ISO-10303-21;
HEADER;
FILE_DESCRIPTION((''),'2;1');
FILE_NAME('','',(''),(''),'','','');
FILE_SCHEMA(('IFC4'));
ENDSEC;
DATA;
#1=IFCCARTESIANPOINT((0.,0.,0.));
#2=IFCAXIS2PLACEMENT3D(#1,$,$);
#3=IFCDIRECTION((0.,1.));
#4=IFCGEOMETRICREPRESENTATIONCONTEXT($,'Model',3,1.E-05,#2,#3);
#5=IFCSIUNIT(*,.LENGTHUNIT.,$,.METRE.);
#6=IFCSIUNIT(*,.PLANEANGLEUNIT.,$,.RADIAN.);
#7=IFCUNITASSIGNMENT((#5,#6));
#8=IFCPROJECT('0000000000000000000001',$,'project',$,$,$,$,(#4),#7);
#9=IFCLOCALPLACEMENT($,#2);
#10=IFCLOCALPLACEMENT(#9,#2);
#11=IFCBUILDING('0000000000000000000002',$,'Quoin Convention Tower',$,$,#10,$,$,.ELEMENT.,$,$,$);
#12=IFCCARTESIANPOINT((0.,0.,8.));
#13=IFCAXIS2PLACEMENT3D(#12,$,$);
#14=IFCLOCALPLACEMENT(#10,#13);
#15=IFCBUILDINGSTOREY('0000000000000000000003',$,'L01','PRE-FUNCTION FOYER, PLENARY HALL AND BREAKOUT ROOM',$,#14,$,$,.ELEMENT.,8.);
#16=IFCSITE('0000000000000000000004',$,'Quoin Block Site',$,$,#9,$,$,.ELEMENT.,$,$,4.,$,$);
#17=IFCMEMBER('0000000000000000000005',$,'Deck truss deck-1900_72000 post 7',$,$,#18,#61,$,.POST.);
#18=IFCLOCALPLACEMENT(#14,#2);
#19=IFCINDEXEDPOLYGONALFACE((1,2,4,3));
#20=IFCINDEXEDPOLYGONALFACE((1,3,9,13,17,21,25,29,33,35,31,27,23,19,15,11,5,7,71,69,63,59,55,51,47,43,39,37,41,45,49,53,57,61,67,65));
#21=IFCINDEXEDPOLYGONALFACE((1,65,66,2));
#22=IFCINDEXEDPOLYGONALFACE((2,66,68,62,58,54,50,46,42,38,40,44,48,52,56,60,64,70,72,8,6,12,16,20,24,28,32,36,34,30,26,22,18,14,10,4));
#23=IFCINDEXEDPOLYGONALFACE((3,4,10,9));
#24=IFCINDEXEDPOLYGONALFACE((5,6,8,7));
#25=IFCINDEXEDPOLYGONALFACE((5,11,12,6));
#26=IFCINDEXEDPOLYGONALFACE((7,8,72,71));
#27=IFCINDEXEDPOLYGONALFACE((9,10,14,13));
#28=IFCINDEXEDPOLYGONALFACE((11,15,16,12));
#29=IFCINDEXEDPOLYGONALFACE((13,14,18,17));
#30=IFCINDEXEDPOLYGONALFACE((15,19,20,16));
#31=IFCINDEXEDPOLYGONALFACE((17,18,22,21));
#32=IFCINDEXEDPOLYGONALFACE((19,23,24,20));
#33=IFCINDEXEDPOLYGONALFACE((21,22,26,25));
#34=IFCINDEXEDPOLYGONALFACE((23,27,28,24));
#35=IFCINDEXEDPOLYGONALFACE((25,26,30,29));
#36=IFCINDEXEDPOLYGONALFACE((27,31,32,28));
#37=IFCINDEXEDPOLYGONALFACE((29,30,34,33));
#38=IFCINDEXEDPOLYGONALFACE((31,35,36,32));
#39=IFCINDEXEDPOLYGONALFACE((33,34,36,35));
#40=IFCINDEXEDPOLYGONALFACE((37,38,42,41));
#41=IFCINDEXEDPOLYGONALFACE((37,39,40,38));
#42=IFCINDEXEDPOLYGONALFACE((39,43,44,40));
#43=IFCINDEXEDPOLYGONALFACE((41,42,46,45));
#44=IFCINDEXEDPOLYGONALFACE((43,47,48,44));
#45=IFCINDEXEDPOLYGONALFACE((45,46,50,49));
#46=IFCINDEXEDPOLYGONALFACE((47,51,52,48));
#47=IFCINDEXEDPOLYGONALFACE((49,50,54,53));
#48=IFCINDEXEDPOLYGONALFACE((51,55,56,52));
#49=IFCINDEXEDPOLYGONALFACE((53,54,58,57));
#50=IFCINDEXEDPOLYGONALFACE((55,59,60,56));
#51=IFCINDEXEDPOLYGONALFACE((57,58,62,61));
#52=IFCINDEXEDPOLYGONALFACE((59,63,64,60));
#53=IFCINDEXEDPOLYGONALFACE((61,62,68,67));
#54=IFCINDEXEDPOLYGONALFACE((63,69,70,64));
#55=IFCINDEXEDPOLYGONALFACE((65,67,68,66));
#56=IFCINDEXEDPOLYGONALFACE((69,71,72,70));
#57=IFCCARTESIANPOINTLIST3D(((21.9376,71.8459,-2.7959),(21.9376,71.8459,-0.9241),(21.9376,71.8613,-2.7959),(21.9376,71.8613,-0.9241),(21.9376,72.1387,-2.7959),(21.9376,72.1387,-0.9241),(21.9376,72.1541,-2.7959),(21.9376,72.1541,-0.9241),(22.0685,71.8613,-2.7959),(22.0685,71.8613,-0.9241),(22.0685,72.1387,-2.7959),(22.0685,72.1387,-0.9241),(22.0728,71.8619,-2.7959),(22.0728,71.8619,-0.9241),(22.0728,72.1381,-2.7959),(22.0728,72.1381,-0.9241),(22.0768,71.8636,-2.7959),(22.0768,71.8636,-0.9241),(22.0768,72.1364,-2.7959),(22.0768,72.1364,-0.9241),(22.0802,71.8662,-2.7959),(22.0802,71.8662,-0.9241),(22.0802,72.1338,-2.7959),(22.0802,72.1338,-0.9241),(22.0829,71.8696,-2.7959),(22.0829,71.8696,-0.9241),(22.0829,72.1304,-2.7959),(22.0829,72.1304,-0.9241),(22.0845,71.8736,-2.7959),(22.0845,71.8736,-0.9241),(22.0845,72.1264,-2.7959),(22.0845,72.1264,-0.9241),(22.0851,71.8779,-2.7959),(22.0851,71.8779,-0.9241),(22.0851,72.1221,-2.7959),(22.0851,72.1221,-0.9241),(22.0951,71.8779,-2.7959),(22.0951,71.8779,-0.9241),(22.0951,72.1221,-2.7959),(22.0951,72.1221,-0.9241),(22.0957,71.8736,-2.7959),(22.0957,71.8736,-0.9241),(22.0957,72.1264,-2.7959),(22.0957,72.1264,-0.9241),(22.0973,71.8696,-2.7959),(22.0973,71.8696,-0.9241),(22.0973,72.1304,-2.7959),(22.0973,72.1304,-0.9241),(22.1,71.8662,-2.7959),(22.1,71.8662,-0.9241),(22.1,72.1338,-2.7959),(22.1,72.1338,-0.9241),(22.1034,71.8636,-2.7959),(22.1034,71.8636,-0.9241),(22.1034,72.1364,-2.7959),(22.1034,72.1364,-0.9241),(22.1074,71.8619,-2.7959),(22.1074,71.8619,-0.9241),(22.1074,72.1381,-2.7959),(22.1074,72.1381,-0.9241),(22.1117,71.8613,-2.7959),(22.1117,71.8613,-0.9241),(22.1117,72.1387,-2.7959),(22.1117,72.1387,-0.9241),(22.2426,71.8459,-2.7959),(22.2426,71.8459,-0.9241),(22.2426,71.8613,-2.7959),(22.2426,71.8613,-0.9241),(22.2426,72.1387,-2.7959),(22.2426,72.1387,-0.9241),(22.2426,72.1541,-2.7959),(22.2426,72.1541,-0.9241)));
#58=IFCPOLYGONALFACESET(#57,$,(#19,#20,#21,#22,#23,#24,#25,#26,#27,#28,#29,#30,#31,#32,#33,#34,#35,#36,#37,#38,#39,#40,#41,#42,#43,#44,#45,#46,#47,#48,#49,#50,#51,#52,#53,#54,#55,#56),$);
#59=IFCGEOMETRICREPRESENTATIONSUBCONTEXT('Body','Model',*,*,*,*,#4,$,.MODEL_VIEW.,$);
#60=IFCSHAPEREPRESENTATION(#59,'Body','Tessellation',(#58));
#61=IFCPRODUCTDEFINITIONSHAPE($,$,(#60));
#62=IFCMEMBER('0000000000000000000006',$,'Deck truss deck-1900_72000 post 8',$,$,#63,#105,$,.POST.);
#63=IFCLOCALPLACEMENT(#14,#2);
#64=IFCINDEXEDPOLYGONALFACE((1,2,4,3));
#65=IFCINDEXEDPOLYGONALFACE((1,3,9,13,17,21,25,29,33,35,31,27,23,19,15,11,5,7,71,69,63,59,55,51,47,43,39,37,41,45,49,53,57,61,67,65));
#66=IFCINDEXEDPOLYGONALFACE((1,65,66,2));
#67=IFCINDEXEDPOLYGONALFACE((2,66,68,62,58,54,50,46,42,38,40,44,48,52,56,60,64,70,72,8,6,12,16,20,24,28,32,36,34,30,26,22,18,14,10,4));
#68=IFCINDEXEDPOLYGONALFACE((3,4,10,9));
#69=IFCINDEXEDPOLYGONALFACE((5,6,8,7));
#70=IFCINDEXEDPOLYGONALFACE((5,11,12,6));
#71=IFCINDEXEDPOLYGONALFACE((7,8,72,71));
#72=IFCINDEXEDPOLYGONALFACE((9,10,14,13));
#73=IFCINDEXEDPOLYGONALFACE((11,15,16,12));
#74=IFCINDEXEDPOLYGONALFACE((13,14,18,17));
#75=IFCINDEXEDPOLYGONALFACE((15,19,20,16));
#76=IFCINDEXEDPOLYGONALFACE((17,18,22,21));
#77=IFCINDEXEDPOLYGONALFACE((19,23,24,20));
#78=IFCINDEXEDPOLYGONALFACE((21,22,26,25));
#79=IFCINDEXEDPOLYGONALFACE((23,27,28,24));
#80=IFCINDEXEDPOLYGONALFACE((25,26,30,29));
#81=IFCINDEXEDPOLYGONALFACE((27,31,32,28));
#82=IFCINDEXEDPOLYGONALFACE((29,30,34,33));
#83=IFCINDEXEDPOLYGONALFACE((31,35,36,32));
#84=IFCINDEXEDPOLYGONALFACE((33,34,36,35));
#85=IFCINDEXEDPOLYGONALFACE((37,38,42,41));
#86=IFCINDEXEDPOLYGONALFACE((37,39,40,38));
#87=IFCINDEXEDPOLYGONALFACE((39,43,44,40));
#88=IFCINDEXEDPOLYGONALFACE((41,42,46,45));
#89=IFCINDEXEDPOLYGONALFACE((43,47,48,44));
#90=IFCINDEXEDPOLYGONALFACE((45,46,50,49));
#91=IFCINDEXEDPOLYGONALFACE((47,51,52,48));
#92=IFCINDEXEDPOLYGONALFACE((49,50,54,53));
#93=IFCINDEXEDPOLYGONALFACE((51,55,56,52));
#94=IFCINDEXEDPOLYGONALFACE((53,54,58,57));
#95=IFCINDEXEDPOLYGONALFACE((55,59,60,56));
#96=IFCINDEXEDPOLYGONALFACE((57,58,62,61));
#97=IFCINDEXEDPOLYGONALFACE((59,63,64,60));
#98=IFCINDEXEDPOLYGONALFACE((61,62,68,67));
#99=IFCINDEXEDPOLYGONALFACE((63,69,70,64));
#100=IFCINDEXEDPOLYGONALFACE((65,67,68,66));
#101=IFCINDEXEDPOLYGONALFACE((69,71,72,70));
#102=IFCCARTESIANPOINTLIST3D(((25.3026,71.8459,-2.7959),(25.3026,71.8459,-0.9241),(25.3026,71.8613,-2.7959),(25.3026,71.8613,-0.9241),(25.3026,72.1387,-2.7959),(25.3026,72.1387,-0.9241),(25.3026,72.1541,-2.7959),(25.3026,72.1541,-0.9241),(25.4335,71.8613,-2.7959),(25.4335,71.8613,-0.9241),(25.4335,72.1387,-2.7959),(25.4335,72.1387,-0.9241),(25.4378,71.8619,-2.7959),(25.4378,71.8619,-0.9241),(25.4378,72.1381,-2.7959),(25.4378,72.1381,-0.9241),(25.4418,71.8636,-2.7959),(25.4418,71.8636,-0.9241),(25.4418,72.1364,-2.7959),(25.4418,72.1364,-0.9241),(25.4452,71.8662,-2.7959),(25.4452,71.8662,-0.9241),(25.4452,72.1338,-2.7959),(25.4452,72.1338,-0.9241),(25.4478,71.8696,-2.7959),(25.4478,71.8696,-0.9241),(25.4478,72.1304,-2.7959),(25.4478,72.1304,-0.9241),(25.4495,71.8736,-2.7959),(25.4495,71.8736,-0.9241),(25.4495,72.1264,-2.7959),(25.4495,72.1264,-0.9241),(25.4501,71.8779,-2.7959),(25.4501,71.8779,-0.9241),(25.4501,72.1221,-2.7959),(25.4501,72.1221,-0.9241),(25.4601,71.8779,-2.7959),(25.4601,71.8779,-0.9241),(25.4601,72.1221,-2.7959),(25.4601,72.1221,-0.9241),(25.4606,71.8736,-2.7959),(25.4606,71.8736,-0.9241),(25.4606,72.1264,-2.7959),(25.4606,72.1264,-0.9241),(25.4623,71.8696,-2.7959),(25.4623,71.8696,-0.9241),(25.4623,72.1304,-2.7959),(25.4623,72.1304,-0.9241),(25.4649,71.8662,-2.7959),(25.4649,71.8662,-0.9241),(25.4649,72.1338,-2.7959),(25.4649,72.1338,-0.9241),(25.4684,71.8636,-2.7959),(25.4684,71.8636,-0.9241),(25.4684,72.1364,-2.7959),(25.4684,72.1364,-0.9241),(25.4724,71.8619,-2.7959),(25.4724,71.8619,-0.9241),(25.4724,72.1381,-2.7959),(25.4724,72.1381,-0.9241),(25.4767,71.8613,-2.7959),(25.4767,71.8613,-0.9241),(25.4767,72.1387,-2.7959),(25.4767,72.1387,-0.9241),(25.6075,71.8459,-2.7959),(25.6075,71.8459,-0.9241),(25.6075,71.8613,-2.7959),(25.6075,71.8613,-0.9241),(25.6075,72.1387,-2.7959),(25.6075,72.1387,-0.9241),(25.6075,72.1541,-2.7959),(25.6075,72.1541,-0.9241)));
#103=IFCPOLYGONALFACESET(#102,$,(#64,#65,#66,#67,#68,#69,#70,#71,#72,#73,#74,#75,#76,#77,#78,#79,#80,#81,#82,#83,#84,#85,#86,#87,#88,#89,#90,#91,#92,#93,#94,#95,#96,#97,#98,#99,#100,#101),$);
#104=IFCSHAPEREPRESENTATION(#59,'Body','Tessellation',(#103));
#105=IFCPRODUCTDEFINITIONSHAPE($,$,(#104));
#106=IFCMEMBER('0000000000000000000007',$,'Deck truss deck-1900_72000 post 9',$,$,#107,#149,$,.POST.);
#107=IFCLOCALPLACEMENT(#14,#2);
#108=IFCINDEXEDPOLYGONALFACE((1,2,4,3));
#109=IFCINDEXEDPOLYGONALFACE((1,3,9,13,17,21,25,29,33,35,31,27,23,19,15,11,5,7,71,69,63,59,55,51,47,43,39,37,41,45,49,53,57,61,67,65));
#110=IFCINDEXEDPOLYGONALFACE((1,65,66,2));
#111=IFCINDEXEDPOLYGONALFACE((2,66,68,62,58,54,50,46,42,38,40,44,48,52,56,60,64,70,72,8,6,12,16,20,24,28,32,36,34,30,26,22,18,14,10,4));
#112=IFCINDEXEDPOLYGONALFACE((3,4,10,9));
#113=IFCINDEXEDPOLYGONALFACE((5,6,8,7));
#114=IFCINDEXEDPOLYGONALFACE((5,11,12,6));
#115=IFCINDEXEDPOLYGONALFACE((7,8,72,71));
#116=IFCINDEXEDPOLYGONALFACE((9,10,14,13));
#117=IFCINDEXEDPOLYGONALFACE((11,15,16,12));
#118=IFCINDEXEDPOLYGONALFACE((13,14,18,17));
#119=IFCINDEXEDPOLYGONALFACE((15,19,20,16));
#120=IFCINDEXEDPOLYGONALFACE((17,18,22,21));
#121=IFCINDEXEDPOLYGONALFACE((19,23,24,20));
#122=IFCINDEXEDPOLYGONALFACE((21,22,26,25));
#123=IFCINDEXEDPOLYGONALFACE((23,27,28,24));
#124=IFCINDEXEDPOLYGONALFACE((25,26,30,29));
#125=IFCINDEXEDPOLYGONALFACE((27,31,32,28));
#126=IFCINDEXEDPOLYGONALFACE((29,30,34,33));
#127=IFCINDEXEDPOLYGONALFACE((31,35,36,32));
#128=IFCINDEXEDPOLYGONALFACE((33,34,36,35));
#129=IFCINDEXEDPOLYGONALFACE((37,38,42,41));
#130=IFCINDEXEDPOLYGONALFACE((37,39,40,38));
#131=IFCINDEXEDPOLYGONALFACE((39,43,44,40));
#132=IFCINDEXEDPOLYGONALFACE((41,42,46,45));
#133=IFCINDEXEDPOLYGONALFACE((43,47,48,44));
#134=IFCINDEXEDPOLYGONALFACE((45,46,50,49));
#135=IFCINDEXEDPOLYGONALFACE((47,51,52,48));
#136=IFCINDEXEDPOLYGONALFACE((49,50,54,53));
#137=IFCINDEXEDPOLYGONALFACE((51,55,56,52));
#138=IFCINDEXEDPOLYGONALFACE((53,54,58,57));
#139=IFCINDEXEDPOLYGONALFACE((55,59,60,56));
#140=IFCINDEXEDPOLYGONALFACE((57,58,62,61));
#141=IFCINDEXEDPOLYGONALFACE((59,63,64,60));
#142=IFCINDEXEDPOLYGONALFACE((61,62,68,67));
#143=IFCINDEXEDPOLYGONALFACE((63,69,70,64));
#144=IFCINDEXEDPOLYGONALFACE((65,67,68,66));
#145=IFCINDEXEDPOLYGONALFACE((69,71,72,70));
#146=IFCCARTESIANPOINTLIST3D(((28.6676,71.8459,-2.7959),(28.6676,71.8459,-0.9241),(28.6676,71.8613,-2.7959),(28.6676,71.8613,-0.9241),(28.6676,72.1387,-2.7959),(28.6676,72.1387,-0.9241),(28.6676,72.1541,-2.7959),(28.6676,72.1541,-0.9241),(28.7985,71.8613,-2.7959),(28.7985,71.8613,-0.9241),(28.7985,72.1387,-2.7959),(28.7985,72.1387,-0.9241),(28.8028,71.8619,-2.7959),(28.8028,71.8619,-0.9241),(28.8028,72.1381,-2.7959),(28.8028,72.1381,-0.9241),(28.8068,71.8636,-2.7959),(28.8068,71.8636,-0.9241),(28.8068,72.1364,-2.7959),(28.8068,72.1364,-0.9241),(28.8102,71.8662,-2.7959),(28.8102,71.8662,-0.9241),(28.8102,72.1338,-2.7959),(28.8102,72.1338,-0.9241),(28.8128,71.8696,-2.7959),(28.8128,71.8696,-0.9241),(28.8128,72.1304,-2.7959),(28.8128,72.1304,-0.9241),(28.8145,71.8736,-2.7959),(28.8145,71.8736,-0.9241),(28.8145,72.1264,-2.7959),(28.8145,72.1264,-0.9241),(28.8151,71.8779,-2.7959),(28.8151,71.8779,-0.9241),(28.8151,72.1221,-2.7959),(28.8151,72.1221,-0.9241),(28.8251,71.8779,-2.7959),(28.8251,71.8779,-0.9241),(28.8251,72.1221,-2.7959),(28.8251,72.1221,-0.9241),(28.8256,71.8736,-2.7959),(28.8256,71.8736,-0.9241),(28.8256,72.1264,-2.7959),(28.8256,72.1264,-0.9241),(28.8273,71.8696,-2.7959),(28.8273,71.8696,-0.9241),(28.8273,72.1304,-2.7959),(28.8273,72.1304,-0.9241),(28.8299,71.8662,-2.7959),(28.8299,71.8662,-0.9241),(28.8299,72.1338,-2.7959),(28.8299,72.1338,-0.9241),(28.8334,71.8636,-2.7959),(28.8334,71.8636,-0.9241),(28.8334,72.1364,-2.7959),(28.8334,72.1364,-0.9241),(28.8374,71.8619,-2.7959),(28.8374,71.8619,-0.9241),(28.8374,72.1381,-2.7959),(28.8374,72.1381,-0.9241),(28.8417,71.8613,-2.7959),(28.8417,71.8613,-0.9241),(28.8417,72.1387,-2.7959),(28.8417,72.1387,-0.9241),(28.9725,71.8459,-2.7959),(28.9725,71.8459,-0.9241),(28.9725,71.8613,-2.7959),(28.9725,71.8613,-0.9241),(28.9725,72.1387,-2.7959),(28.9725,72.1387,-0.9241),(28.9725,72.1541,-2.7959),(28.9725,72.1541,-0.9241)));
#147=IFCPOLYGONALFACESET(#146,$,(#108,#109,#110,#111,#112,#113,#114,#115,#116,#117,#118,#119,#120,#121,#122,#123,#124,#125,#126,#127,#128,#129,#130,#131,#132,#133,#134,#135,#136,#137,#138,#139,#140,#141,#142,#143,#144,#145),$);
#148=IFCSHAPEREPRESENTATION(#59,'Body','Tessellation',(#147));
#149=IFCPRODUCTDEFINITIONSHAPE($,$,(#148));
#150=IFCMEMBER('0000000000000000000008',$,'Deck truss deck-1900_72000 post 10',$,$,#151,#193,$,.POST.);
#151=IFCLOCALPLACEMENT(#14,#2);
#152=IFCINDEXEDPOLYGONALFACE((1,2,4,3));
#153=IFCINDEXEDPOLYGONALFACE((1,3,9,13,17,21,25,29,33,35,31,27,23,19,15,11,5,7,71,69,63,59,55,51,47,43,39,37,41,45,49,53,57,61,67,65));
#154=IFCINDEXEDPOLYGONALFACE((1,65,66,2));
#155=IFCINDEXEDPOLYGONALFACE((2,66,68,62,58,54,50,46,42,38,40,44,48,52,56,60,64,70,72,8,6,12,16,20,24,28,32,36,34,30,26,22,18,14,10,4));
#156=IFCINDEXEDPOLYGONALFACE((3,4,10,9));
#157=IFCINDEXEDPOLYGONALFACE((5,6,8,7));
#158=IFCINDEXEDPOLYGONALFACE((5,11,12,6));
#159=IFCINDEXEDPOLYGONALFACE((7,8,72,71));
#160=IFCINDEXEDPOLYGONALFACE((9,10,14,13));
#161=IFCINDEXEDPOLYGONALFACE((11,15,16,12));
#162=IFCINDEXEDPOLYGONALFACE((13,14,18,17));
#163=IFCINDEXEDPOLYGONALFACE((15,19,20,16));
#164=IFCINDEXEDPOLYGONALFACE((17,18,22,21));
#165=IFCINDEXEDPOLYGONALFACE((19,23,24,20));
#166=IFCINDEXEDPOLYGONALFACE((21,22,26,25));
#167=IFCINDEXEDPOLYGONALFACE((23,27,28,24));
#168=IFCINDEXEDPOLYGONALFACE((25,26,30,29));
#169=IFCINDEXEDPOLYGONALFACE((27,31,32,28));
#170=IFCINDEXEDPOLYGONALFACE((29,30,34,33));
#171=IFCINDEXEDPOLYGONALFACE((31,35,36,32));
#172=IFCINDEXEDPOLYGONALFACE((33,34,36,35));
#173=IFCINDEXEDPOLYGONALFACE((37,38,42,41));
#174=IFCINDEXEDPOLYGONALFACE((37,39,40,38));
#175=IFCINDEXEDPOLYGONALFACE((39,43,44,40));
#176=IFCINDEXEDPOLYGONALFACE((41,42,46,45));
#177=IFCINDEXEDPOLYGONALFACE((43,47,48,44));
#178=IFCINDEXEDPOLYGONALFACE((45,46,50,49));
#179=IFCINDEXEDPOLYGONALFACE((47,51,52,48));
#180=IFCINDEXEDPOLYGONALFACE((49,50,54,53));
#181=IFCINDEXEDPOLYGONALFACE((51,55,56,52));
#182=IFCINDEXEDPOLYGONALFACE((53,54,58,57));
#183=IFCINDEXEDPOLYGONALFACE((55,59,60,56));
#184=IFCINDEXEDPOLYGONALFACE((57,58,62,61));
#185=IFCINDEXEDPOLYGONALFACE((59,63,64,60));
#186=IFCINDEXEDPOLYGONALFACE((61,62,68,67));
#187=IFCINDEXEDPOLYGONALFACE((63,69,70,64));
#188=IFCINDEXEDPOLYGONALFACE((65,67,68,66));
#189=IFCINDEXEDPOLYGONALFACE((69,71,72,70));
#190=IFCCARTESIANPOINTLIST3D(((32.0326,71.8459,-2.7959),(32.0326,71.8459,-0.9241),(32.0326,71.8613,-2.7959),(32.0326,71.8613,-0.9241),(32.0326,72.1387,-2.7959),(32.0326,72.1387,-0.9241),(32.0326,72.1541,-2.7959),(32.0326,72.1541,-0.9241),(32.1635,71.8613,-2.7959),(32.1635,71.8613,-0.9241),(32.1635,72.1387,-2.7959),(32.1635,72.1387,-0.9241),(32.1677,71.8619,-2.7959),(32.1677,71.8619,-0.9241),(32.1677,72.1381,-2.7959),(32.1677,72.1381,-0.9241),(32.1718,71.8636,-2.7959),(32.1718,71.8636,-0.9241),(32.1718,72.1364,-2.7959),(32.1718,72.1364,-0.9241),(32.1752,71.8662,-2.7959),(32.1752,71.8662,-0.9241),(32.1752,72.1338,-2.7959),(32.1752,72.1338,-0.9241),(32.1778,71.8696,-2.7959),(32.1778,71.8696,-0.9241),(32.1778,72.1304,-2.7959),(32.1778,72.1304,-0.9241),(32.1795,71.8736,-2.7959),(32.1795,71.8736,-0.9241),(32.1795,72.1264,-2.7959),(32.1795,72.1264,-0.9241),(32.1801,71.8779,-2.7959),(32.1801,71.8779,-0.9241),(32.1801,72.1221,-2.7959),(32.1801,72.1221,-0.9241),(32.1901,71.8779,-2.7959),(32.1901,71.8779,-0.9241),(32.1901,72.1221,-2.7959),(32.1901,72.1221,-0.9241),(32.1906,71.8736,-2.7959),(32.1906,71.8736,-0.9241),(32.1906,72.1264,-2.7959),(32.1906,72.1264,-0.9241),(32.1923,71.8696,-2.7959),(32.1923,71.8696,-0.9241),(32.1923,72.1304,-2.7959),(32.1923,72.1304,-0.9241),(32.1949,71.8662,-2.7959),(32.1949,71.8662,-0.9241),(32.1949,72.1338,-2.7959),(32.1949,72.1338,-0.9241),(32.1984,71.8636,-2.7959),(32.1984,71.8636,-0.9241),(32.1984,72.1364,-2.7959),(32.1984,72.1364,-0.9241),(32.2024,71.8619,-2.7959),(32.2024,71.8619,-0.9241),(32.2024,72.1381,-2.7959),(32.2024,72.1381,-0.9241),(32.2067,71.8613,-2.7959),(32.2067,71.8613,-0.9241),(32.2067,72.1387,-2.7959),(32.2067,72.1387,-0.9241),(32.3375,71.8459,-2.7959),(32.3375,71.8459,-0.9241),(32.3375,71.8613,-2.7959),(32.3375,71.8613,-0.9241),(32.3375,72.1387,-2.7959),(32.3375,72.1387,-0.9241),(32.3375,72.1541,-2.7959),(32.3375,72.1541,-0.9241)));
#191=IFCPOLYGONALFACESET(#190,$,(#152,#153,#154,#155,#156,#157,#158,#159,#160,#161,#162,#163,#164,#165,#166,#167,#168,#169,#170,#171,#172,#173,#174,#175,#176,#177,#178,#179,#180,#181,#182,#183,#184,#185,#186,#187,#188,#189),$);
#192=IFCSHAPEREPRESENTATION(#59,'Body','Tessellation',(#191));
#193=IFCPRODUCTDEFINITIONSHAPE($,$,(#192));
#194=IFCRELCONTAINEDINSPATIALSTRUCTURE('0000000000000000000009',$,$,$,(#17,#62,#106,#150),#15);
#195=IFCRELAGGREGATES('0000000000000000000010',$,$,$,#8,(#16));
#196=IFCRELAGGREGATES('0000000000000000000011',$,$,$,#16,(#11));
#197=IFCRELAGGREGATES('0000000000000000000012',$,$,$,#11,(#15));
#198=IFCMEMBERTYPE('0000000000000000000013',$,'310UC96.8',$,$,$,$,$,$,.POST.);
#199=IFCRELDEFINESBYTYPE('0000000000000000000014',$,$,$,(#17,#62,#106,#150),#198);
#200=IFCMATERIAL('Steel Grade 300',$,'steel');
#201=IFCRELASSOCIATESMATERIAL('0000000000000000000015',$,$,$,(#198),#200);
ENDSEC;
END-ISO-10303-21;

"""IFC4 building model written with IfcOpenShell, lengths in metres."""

from ifc_helpers import new_model, si_unit, direction, frame, origin, origin_2d, place, context, subcontext, project, spatial, i_section, extrude, material, material_profile, profile_set, type_object, element, save


model = new_model("IFC4")

# Units and contexts
model_context = context("Model", 3, precision=1e-05, world=origin(), true_north=direction((0.0, 1.0)))
body_context = subcontext(model_context, "Body", "Model", "MODEL_VIEW")
ifc_project = project(units=[si_unit("LENGTHUNIT", "METRE"), si_unit("PLANEANGLEUNIT", "RADIAN")], contexts=[model_context])

# Site, building, storey
site_placement = place(None, origin())
site = spatial("IfcSite", under=ifc_project, at=site_placement, Name="Quoin Block Site", CompositionType="ELEMENT", RefElevation=4.0)
building_placement = place(site_placement, origin())
building = spatial("IfcBuilding", under=site, at=building_placement, Name="Quoin Convention Tower", CompositionType="ELEMENT")
storey_placement = place(building_placement, frame((0.0, 0.0, 8.0)))
storey = spatial("IfcBuildingStorey", under=building, at=storey_placement, Name="L01", Description="PRE-FUNCTION FOYER, PLENARY HALL AND BREAKOUT ROOM", CompositionType="ELEMENT", Elevation=8.0)

# Members
ifc_material_1 = material(Name="Steel Grade 300", Category="steel")
ifc_material_profile_1 = material_profile(ifc_material_1, i_section(OverallWidth=0.3049, OverallDepth=0.3081, WebThickness=0.01, FlangeThickness=0.0154, FilletRadius=0.0166, at=origin_2d()), Name="310UC96.8")
ifc_profile_set_1 = profile_set([ifc_material_profile_1], Name="Steel Grade 300")
member_type_1 = type_object("IfcMemberType", Name="310UC96.8", PredefinedType="POST", material=ifc_profile_set_1)
for number, where, z_axis, x_axis, name in (
    (1, (22.0901, 72.0, -2.7959), (0.0, 0.0, 1.0), (1.0, 0.0, 0.0), "Deck truss deck-1900_72000 post 7"),
    (2, (25.4551, 72.0, -2.7959), (0.0, 0.0, 1.0), (1.0, 0.0, 0.0), "Deck truss deck-1900_72000 post 8"),
    (3, (28.8201, 72.0, -2.7959), (0.0, 0.0, 1.0), (1.0, 0.0, 0.0), "Deck truss deck-1900_72000 post 9"),
    (4, (32.1851, 72.0, -2.7959), (0.0, 0.0, 1.0), (1.0, 0.0, 0.0), "Deck truss deck-1900_72000 post 10"),
):
    element("IfcMember", number, at=place(storey_placement, frame(where, z_axis=z_axis, x_axis=x_axis)), inside=storey, type_object=member_type_1, Name=name, PredefinedType="POST", context=body_context, shape_type="SweptSolid", body=[
        extrude(i_section(OverallWidth=0.3049, OverallDepth=0.3081, WebThickness=0.01, FlangeThickness=0.0154, FilletRadius=0.0166, at=origin_2d()), origin(), (0.0, 0.0, 1.0), 1.8718),
    ])

save(model, "model.ifc")
